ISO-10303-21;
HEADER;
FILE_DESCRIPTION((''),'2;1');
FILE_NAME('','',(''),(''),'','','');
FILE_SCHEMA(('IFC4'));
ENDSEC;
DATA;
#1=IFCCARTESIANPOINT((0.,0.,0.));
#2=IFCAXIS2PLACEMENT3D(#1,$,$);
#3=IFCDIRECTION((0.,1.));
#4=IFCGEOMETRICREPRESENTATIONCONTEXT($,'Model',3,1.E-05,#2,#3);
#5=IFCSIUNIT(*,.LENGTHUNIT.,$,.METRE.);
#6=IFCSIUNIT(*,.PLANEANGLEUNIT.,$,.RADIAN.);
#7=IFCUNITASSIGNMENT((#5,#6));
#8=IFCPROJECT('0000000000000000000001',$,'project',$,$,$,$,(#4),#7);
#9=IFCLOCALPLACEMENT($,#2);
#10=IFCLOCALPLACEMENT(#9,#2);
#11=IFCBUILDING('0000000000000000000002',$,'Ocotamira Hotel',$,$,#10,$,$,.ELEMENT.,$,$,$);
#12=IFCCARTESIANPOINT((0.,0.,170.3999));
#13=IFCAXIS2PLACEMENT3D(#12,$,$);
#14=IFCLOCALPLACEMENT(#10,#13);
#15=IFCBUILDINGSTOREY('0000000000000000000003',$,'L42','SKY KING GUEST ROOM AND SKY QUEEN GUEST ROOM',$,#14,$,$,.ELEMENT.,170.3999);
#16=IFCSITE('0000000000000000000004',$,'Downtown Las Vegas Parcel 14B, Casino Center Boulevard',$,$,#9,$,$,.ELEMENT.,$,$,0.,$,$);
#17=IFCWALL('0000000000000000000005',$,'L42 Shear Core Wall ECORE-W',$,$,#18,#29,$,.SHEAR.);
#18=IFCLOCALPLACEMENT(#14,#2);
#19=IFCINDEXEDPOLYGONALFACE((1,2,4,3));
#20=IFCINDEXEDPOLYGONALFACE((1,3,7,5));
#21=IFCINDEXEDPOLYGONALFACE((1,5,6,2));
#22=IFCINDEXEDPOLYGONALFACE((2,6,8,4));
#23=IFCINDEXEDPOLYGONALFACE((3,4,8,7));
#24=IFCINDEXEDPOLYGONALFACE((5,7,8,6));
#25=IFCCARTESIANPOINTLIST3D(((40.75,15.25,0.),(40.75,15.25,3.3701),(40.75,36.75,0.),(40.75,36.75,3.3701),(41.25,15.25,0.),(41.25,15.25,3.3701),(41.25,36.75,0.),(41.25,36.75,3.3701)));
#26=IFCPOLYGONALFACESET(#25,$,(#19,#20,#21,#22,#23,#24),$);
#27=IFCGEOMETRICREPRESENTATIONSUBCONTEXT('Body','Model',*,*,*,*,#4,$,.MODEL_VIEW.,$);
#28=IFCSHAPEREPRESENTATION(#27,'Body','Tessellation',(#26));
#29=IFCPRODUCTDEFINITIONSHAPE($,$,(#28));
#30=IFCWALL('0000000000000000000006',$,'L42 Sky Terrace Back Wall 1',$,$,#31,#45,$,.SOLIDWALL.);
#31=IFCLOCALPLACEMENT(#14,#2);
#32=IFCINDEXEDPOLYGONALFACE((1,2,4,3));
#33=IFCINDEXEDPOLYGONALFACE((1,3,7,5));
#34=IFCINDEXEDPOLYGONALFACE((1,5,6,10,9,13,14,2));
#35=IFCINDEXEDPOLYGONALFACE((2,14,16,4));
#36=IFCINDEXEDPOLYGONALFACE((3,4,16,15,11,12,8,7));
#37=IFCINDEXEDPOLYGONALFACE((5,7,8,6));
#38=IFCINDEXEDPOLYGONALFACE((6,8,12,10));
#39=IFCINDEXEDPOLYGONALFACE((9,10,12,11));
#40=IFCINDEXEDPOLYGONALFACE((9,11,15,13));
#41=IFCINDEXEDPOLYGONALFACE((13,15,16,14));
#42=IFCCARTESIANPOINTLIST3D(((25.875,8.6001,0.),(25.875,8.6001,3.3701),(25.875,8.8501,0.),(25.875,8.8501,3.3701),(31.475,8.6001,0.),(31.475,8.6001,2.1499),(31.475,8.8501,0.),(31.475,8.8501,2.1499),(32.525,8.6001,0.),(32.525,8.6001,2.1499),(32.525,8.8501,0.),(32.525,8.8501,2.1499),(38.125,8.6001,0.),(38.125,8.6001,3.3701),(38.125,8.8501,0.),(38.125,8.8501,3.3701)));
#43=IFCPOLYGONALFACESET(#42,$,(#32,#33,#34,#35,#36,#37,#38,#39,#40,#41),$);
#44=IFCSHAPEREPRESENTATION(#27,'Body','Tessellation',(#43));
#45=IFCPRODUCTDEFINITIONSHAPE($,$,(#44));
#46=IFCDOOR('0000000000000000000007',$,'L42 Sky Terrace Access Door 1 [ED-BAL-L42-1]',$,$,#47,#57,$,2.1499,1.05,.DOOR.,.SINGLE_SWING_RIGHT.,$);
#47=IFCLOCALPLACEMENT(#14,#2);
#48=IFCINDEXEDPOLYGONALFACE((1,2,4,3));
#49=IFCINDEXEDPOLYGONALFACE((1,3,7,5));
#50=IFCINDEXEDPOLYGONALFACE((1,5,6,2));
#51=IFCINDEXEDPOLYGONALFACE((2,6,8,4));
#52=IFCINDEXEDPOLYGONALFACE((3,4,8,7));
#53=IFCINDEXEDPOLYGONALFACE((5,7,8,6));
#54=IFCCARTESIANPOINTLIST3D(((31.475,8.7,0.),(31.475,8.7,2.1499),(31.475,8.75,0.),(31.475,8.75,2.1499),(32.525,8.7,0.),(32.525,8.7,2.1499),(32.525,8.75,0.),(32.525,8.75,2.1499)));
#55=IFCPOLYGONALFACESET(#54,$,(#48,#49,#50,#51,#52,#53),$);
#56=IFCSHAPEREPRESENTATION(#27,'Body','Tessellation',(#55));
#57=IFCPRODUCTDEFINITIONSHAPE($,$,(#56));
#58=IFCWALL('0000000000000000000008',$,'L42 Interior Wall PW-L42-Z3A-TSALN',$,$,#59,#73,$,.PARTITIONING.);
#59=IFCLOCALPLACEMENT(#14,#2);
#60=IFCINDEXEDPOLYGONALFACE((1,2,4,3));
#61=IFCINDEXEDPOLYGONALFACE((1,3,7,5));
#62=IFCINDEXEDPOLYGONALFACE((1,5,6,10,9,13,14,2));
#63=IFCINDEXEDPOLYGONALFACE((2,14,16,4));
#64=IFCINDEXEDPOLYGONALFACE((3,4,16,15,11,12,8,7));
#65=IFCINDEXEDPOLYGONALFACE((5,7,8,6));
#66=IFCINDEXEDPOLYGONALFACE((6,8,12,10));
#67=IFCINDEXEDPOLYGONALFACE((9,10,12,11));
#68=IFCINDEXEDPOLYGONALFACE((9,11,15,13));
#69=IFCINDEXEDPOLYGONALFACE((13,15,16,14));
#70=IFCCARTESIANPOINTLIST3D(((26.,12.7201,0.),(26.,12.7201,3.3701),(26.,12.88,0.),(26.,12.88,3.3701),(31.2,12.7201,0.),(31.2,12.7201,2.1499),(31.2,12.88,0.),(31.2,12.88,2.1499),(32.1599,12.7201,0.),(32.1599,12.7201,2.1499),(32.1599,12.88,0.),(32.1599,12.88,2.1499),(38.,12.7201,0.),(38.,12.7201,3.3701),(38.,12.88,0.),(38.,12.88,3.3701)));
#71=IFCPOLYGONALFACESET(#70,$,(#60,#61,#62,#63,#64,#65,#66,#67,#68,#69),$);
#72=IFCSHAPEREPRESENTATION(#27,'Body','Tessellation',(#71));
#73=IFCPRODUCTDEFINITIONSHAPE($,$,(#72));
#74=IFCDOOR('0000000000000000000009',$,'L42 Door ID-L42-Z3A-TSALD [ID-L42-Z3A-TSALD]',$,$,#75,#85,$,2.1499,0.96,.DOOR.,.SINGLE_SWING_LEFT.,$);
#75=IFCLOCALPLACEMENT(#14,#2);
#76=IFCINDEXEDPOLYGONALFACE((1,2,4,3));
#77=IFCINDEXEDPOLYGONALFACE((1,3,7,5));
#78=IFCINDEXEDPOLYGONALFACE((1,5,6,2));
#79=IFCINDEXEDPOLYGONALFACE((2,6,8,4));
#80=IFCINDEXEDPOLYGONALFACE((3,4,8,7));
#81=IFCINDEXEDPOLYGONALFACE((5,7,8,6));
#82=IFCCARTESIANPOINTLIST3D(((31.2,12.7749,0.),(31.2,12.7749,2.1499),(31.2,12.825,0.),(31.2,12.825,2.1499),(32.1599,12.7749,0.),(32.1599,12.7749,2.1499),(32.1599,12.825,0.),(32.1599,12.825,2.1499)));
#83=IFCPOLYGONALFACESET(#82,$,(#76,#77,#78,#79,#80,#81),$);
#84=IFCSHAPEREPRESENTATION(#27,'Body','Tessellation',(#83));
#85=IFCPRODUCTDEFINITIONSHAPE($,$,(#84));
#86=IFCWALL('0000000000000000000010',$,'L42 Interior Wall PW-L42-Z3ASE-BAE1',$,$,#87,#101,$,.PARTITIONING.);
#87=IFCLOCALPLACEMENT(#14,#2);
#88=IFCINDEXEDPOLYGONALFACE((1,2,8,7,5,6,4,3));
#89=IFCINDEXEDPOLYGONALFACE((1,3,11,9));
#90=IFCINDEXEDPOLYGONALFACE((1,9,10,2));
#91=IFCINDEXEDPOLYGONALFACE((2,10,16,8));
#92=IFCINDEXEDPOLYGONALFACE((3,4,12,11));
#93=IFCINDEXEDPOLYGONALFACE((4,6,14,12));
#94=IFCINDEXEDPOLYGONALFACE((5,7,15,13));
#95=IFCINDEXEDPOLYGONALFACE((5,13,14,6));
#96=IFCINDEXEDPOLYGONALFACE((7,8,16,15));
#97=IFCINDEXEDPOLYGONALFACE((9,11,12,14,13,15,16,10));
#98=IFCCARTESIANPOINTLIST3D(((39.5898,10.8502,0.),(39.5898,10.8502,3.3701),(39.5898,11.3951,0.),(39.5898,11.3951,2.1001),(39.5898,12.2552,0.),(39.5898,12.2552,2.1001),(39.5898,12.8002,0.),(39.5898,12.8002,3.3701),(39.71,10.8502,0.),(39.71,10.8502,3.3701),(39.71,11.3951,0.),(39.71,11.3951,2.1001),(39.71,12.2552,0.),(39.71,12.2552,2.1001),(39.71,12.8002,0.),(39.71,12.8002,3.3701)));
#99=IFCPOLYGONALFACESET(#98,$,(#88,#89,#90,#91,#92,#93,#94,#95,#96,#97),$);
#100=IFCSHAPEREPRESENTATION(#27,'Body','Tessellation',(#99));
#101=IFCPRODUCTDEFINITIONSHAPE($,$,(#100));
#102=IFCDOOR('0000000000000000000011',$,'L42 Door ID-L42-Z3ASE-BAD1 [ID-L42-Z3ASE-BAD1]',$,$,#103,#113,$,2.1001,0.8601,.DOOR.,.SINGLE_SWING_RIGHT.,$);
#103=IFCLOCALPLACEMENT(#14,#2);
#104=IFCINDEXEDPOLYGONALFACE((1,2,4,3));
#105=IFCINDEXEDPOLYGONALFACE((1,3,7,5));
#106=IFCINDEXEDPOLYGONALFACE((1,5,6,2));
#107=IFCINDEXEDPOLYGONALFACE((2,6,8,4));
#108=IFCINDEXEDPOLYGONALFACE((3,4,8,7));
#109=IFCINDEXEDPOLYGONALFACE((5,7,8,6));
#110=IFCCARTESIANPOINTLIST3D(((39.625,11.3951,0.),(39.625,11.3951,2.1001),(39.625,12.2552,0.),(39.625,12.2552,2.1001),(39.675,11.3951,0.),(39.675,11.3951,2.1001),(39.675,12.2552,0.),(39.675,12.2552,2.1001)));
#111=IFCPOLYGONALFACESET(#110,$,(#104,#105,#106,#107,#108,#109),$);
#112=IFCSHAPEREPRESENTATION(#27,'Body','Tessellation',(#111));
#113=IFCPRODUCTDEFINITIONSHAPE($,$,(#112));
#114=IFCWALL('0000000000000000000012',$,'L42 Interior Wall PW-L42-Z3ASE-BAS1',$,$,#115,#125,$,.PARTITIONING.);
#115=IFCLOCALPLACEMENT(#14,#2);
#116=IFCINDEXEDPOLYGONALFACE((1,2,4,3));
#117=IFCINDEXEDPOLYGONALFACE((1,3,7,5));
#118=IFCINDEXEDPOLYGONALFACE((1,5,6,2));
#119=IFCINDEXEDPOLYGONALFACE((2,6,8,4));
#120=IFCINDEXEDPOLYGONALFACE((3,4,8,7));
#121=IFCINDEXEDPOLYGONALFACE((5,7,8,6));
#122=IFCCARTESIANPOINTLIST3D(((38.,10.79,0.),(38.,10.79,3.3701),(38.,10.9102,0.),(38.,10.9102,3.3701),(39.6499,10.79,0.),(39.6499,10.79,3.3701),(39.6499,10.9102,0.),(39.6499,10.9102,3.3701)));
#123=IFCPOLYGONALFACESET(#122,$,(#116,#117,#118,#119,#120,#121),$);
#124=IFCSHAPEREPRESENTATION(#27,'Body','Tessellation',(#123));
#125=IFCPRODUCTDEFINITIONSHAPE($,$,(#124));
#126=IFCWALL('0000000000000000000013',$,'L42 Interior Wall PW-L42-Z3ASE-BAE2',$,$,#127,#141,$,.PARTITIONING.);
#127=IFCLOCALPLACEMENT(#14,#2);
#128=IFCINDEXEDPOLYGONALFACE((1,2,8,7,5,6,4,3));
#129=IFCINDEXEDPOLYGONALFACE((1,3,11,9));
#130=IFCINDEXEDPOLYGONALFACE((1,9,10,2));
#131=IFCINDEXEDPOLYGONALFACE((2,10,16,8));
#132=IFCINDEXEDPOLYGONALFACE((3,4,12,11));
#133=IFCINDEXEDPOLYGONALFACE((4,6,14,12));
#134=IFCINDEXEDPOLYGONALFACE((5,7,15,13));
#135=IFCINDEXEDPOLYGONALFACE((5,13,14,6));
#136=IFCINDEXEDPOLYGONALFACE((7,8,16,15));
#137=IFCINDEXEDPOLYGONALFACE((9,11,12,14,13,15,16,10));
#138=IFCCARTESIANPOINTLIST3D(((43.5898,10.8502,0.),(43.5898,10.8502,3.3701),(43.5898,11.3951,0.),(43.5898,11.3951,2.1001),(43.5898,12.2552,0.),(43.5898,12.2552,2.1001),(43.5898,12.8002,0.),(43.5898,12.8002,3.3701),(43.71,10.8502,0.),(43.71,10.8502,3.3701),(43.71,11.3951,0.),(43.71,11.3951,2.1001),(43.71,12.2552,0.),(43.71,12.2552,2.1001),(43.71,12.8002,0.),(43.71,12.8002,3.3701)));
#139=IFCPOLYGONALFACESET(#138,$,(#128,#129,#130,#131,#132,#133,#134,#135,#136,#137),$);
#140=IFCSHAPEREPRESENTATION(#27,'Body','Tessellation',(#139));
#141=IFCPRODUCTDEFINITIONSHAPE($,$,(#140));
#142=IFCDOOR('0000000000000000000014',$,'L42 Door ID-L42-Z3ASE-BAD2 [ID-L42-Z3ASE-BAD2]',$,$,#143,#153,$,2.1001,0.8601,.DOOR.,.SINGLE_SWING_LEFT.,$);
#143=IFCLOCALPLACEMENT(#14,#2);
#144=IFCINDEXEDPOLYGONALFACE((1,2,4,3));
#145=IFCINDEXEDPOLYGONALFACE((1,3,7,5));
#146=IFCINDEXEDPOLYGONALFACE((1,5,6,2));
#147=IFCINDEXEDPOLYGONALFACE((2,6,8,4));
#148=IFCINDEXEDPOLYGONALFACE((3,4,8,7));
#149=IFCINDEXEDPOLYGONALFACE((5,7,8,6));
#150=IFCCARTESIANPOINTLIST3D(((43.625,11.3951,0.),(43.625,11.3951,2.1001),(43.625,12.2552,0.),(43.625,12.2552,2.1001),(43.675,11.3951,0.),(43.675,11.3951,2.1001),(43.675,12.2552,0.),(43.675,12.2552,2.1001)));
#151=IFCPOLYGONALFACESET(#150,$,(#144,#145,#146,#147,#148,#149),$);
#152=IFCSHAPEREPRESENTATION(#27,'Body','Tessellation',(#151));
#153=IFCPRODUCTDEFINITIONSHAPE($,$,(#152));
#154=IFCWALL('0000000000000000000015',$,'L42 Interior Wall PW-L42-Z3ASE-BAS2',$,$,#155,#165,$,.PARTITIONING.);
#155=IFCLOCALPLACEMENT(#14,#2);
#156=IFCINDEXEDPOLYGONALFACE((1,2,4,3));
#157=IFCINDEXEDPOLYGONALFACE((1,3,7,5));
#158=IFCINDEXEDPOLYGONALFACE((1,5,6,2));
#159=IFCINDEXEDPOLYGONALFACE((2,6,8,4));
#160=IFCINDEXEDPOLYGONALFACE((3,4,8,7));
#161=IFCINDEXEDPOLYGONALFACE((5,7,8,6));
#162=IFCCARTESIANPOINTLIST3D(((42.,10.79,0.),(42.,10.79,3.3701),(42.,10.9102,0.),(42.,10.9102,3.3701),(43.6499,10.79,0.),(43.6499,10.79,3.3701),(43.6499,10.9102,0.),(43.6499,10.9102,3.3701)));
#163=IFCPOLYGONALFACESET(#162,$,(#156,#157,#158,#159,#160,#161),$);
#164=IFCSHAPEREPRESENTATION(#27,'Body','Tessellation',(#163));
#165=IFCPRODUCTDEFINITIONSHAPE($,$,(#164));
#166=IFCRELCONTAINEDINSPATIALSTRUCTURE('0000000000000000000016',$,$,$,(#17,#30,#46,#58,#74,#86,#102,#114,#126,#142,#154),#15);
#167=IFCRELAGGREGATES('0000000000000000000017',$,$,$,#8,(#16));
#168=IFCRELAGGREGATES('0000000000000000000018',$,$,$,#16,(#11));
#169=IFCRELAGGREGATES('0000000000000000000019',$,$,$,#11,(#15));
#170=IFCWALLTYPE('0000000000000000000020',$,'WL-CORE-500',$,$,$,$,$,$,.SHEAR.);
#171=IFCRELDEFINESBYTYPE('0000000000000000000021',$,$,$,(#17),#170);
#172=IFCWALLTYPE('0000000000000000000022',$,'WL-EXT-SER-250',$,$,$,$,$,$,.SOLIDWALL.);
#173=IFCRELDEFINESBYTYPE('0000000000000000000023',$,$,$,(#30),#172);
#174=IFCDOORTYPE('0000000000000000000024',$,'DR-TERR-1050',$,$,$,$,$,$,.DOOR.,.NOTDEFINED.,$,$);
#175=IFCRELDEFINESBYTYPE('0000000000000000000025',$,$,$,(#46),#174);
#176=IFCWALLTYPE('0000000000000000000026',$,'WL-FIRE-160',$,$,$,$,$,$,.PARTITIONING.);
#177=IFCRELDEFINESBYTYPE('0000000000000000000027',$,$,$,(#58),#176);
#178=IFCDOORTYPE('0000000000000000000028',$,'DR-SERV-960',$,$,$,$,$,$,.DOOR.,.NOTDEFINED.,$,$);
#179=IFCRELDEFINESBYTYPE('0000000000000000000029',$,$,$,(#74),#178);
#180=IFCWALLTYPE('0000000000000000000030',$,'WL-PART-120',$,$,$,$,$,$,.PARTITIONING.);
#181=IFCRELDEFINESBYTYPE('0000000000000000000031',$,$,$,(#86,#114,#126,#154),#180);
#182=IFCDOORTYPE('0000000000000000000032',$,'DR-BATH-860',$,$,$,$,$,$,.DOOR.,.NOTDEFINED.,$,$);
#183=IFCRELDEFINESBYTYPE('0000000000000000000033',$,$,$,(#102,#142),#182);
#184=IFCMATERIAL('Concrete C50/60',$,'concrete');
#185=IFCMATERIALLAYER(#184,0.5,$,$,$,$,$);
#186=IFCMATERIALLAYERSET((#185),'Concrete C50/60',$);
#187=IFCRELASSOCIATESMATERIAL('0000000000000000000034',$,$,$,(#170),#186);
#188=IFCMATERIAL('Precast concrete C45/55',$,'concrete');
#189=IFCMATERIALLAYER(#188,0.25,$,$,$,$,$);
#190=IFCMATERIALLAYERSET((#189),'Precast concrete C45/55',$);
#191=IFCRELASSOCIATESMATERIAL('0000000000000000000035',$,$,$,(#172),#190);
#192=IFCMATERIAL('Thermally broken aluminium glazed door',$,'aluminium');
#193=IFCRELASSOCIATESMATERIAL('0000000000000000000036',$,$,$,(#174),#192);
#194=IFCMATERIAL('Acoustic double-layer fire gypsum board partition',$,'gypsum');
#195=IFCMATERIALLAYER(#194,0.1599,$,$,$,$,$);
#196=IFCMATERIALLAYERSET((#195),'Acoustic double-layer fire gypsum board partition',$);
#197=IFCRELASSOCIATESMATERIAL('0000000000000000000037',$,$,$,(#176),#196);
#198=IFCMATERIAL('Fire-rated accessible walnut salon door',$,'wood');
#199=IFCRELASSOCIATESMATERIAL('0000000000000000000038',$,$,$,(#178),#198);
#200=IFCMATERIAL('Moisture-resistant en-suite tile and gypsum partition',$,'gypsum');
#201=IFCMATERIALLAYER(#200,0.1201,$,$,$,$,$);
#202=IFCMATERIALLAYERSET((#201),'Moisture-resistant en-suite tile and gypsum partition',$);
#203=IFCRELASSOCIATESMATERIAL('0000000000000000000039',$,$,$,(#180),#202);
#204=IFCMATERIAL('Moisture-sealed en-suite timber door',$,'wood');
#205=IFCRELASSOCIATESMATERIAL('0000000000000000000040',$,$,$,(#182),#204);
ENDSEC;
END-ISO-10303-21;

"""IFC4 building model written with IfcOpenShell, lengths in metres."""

from ifc_helpers import new_model, si_unit, direction, frame, frame_2d, origin, place, context, subcontext, project, spatial, rectangle, extrude, source, transform, mapped, material, layer, layer_set, type_object, element, fill, save


model = new_model("IFC4")

# Units and contexts
model_context = context("Model", 3, precision=1e-05, world=origin(), true_north=direction((0.0, 1.0)))
body_context = subcontext(model_context, "Body", "Model", "MODEL_VIEW")
ifc_project = project(units=[si_unit("LENGTHUNIT", "METRE"), si_unit("PLANEANGLEUNIT", "RADIAN")], contexts=[model_context])

# Site, building, storey
site_placement = place(None, origin())
site = spatial("IfcSite", under=ifc_project, at=site_placement, Name="Downtown Las Vegas Parcel 14B, Casino Center Boulevard", CompositionType="ELEMENT", RefElevation=0.0)
building_placement = place(site_placement, origin())
building = spatial("IfcBuilding", under=site, at=building_placement, Name="Ocotamira Hotel", CompositionType="ELEMENT")
storey_placement = place(building_placement, frame((0.0, 0.0, 170.3999)))
storey = spatial("IfcBuildingStorey", under=building, at=storey_placement, Name="L42", Description="SKY KING GUEST ROOM AND SKY QUEEN GUEST ROOM", CompositionType="ELEMENT", Elevation=170.3999)

# Shared definitions
ifc_material_1 = material(Name="Concrete C50/60", Category="concrete")
ifc_layer_1 = layer(ifc_material_1, 0.5)
ifc_layer_set_1 = layer_set([ifc_layer_1], Name="Concrete C50/60")
wall_type_1 = type_object("IfcWallType", Name="WL-CORE-500", PredefinedType="SHEAR", material=ifc_layer_set_1)

# Wall
wall_1_placement = place(storey_placement, frame((41.0, 15.25, 0.0), z_axis=(0.0, 0.0, 1.0), x_axis=(0.0, 1.0, 0.0)))
element("IfcWall", 1, at=wall_1_placement, inside=storey, type_object=wall_type_1, Name="L42 Shear Core Wall ECORE-W", PredefinedType="SHEAR", context=body_context, shape_type="SweptSolid", body=[
    extrude(rectangle(XDim=21.5, YDim=0.5, at=frame_2d((10.75, 0.0))), origin(), (0.0, 0.0, 1.0), 3.3701),
])

# Walls, openings, doors
ifc_material_2 = material(Name="Precast concrete C45/55", Category="concrete")
ifc_layer_2 = layer(ifc_material_2, 0.25)
ifc_layer_set_2 = layer_set([ifc_layer_2], Name="Precast concrete C45/55")
wall_type_2 = type_object("IfcWallType", Name="WL-EXT-SER-250", PredefinedType="SOLIDWALL", material=ifc_layer_set_2)
wall_2_placement = place(storey_placement, frame((25.875, 8.7251, 0.0), z_axis=(0.0, 0.0, 1.0), x_axis=(1.0, 0.0, 0.0)))
wall_2 = element("IfcWall", 2, at=wall_2_placement, inside=storey, type_object=wall_type_2, Name="L42 Sky Terrace Back Wall 1", PredefinedType="SOLIDWALL", context=body_context, shape_type="SweptSolid", body=[
    extrude(rectangle(XDim=12.25, YDim=0.25, at=frame_2d((6.125, 0.0))), origin(), (0.0, 0.0, 1.0), 3.3701),
])
opening_1_placement = place(wall_2_placement, frame((5.6001, 0.0, 0.0)))
opening_1 = element("IfcOpeningElement", 3, at=opening_1_placement, cuts=wall_2, PredefinedType="OPENING", context=body_context, shape_type="SweptSolid", body=[
    extrude(rectangle(XDim=1.05, YDim=2.1499, at=frame_2d((0.5249, 1.075))), frame((0.0, 0.135, 0.0), z_axis=(0.0, -1.0, 0.0), x_axis=(1.0, 0.0, 0.0)), (0.0, 0.0, 1.0), 0.27),
])
ifc_material_3 = material(Name="Thermally broken aluminium glazed door", Category="aluminium")
door_type_1 = type_object("IfcDoorType", Name="DR-TERR-1050", OperationType="NOTDEFINED", PredefinedType="DOOR", material=ifc_material_3)
shared_shape_1 = source(origin(), body_context, "Body", "SweptSolid", [
    extrude(rectangle(XDim=1.05, YDim=2.1499, at=frame_2d((0.5249, 1.075))), frame((0.0, 0.0249, 0.0), z_axis=(0.0, -1.0, 0.0), x_axis=(1.0, 0.0, 0.0)), (0.0, 0.0, 1.0), 0.05),
])
door_1_placement = place(opening_1_placement, origin())
door_1 = element("IfcDoor", 4, at=door_1_placement, inside=storey, type_object=door_type_1, Name="L42 Sky Terrace Access Door 1 [ED-BAL-L42-1]", OperationType="SINGLE_SWING_RIGHT", OverallHeight=2.1499, OverallWidth=1.05, PredefinedType="DOOR", context=body_context, shape_type="MappedRepresentation", body=[
    mapped(shared_shape_1, transform((0.0, 0.0, 0.0), scale=1.0)),
])
fill(opening_1, door_1)
ifc_material_4 = material(Name="Acoustic double-layer fire gypsum board partition", Category="gypsum")
ifc_layer_3 = layer(ifc_material_4, 0.1599)
ifc_layer_set_3 = layer_set([ifc_layer_3], Name="Acoustic double-layer fire gypsum board partition")
wall_type_3 = type_object("IfcWallType", Name="WL-FIRE-160", PredefinedType="PARTITIONING", material=ifc_layer_set_3)
wall_3_placement = place(storey_placement, frame((26.0, 12.8, 0.0), z_axis=(0.0, 0.0, 1.0), x_axis=(1.0, 0.0, 0.0)))
wall_3 = element("IfcWall", 5, at=wall_3_placement, inside=storey, type_object=wall_type_3, Name="L42 Interior Wall PW-L42-Z3A-TSALN", PredefinedType="PARTITIONING", context=body_context, shape_type="SweptSolid", body=[
    extrude(rectangle(XDim=12.0, YDim=0.1599, at=frame_2d((6.0, 0.0))), origin(), (0.0, 0.0, 1.0), 3.3701),
])
opening_2_placement = place(wall_3_placement, frame((5.2, 0.0, 0.0)))
opening_2 = element("IfcOpeningElement", 6, at=opening_2_placement, cuts=wall_3, PredefinedType="OPENING", context=body_context, shape_type="SweptSolid", body=[
    extrude(rectangle(XDim=0.96, YDim=2.1499, at=frame_2d((0.48, 1.075))), frame((0.0, 0.0898, 0.0), z_axis=(0.0, -1.0, 0.0), x_axis=(1.0, 0.0, 0.0)), (0.0, 0.0, 1.0), 0.1799),
])
ifc_material_5 = material(Name="Fire-rated accessible walnut salon door", Category="wood")
door_type_2 = type_object("IfcDoorType", Name="DR-SERV-960", OperationType="NOTDEFINED", PredefinedType="DOOR", material=ifc_material_5)
shared_shape_2 = source(origin(), body_context, "Body", "SweptSolid", [
    extrude(rectangle(XDim=0.96, YDim=2.1499, at=frame_2d((0.48, 1.075))), frame((0.0, 0.0249, 0.0), z_axis=(0.0, -1.0, 0.0), x_axis=(1.0, 0.0, 0.0)), (0.0, 0.0, 1.0), 0.05),
])
door_2_placement = place(opening_2_placement, origin())
door_2 = element("IfcDoor", 7, at=door_2_placement, inside=storey, type_object=door_type_2, Name="L42 Door ID-L42-Z3A-TSALD [ID-L42-Z3A-TSALD]", OperationType="SINGLE_SWING_LEFT", OverallHeight=2.1499, OverallWidth=0.96, PredefinedType="DOOR", context=body_context, shape_type="MappedRepresentation", body=[
    mapped(shared_shape_2, transform((0.0, 0.0, 0.0), scale=1.0)),
])
fill(opening_2, door_2)

# Wall, opening, door
ifc_material_6 = material(Name="Moisture-resistant en-suite tile and gypsum partition", Category="gypsum")
ifc_layer_4 = layer(ifc_material_6, 0.1201)
ifc_layer_set_4 = layer_set([ifc_layer_4], Name="Moisture-resistant en-suite tile and gypsum partition")
wall_type_4 = type_object("IfcWallType", Name="WL-PART-120", PredefinedType="PARTITIONING", material=ifc_layer_set_4)
wall_4_placement = place(storey_placement, frame((39.6499, 10.8501, 0.0), z_axis=(0.0, 0.0, 1.0), x_axis=(0.0, 1.0, 0.0)))
wall_4 = element("IfcWall", 8, at=wall_4_placement, inside=storey, type_object=wall_type_4, Name="L42 Interior Wall PW-L42-Z3ASE-BAE1", PredefinedType="PARTITIONING", context=body_context, shape_type="SweptSolid", body=[
    extrude(rectangle(XDim=1.95, YDim=0.1201, at=frame_2d((0.9751, 0.0))), origin(), (0.0, 0.0, 1.0), 3.3701),
])
opening_3_placement = place(wall_4_placement, frame((0.5449, 0.0, 0.0)))
opening_3 = element("IfcOpeningElement", 9, at=opening_3_placement, cuts=wall_4, PredefinedType="OPENING", context=body_context, shape_type="SweptSolid", body=[
    extrude(rectangle(XDim=0.8601, YDim=2.1001, at=frame_2d((0.4302, 1.05))), frame((0.0, 0.0701, 0.0), z_axis=(0.0, -1.0, 0.0), x_axis=(1.0, 0.0, 0.0)), (0.0, 0.0, 1.0), 0.1401),
])
ifc_material_7 = material(Name="Moisture-sealed en-suite timber door", Category="wood")
door_type_3 = type_object("IfcDoorType", Name="DR-BATH-860", OperationType="NOTDEFINED", PredefinedType="DOOR", material=ifc_material_7)
shared_shape_3 = source(origin(), body_context, "Body", "SweptSolid", [
    extrude(rectangle(XDim=0.8601, YDim=2.1001, at=frame_2d((0.4302, 1.05))), frame((0.0, 0.0249, 0.0), z_axis=(0.0, -1.0, 0.0), x_axis=(1.0, 0.0, 0.0)), (0.0, 0.0, 1.0), 0.05),
])
door_3_placement = place(opening_3_placement, origin())
door_3 = element("IfcDoor", 10, at=door_3_placement, inside=storey, type_object=door_type_3, Name="L42 Door ID-L42-Z3ASE-BAD1 [ID-L42-Z3ASE-BAD1]", OperationType="SINGLE_SWING_RIGHT", OverallHeight=2.1001, OverallWidth=0.8601, PredefinedType="DOOR", context=body_context, shape_type="MappedRepresentation", body=[
    mapped(shared_shape_3, transform((0.0, 0.0, 0.0), scale=1.0)),
])
fill(opening_3, door_3)

# Wall
wall_5_placement = place(storey_placement, frame((38.0, 10.8501, 0.0), z_axis=(0.0, 0.0, 1.0), x_axis=(1.0, 0.0, 0.0)))
element("IfcWall", 11, at=wall_5_placement, inside=storey, type_object=wall_type_4, Name="L42 Interior Wall PW-L42-Z3ASE-BAS1", PredefinedType="PARTITIONING", context=body_context, shape_type="SweptSolid", body=[
    extrude(rectangle(XDim=1.6499, YDim=0.1201, at=frame_2d((0.825, 0.0))), origin(), (0.0, 0.0, 1.0), 3.3701),
])

# Wall, opening, door
wall_6_placement = place(storey_placement, frame((43.6499, 10.8501, 0.0), z_axis=(0.0, 0.0, 1.0), x_axis=(0.0, 1.0, 0.0)))
wall_6 = element("IfcWall", 12, at=wall_6_placement, inside=storey, type_object=wall_type_4, Name="L42 Interior Wall PW-L42-Z3ASE-BAE2", PredefinedType="PARTITIONING", context=body_context, shape_type="SweptSolid", body=[
    extrude(rectangle(XDim=1.95, YDim=0.1201, at=frame_2d((0.9751, 0.0))), origin(), (0.0, 0.0, 1.0), 3.3701),
])
opening_4_placement = place(wall_6_placement, frame((0.5449, 0.0, 0.0)))
opening_4 = element("IfcOpeningElement", 13, at=opening_4_placement, cuts=wall_6, PredefinedType="OPENING", context=body_context, shape_type="SweptSolid", body=[
    extrude(rectangle(XDim=0.8601, YDim=2.1001, at=frame_2d((0.4302, 1.05))), frame((0.0, 0.0701, 0.0), z_axis=(0.0, -1.0, 0.0), x_axis=(1.0, 0.0, 0.0)), (0.0, 0.0, 1.0), 0.1401),
])
door_4_placement = place(opening_4_placement, origin())
door_4 = element("IfcDoor", 14, at=door_4_placement, inside=storey, type_object=door_type_3, Name="L42 Door ID-L42-Z3ASE-BAD2 [ID-L42-Z3ASE-BAD2]", OperationType="SINGLE_SWING_LEFT", OverallHeight=2.1001, OverallWidth=0.8601, PredefinedType="DOOR", context=body_context, shape_type="MappedRepresentation", body=[
    mapped(shared_shape_3, transform((0.0, 0.0, 0.0), scale=1.0)),
])
fill(opening_4, door_4)

# Wall
wall_7_placement = place(storey_placement, frame((42.0, 10.8501, 0.0), z_axis=(0.0, 0.0, 1.0), x_axis=(1.0, 0.0, 0.0)))
element("IfcWall", 15, at=wall_7_placement, inside=storey, type_object=wall_type_4, Name="L42 Interior Wall PW-L42-Z3ASE-BAS2", PredefinedType="PARTITIONING", context=body_context, shape_type="SweptSolid", body=[
    extrude(rectangle(XDim=1.6499, YDim=0.1201, at=frame_2d((0.825, 0.0))), origin(), (0.0, 0.0, 1.0), 3.3701),
])

save(model, "model.ifc")
